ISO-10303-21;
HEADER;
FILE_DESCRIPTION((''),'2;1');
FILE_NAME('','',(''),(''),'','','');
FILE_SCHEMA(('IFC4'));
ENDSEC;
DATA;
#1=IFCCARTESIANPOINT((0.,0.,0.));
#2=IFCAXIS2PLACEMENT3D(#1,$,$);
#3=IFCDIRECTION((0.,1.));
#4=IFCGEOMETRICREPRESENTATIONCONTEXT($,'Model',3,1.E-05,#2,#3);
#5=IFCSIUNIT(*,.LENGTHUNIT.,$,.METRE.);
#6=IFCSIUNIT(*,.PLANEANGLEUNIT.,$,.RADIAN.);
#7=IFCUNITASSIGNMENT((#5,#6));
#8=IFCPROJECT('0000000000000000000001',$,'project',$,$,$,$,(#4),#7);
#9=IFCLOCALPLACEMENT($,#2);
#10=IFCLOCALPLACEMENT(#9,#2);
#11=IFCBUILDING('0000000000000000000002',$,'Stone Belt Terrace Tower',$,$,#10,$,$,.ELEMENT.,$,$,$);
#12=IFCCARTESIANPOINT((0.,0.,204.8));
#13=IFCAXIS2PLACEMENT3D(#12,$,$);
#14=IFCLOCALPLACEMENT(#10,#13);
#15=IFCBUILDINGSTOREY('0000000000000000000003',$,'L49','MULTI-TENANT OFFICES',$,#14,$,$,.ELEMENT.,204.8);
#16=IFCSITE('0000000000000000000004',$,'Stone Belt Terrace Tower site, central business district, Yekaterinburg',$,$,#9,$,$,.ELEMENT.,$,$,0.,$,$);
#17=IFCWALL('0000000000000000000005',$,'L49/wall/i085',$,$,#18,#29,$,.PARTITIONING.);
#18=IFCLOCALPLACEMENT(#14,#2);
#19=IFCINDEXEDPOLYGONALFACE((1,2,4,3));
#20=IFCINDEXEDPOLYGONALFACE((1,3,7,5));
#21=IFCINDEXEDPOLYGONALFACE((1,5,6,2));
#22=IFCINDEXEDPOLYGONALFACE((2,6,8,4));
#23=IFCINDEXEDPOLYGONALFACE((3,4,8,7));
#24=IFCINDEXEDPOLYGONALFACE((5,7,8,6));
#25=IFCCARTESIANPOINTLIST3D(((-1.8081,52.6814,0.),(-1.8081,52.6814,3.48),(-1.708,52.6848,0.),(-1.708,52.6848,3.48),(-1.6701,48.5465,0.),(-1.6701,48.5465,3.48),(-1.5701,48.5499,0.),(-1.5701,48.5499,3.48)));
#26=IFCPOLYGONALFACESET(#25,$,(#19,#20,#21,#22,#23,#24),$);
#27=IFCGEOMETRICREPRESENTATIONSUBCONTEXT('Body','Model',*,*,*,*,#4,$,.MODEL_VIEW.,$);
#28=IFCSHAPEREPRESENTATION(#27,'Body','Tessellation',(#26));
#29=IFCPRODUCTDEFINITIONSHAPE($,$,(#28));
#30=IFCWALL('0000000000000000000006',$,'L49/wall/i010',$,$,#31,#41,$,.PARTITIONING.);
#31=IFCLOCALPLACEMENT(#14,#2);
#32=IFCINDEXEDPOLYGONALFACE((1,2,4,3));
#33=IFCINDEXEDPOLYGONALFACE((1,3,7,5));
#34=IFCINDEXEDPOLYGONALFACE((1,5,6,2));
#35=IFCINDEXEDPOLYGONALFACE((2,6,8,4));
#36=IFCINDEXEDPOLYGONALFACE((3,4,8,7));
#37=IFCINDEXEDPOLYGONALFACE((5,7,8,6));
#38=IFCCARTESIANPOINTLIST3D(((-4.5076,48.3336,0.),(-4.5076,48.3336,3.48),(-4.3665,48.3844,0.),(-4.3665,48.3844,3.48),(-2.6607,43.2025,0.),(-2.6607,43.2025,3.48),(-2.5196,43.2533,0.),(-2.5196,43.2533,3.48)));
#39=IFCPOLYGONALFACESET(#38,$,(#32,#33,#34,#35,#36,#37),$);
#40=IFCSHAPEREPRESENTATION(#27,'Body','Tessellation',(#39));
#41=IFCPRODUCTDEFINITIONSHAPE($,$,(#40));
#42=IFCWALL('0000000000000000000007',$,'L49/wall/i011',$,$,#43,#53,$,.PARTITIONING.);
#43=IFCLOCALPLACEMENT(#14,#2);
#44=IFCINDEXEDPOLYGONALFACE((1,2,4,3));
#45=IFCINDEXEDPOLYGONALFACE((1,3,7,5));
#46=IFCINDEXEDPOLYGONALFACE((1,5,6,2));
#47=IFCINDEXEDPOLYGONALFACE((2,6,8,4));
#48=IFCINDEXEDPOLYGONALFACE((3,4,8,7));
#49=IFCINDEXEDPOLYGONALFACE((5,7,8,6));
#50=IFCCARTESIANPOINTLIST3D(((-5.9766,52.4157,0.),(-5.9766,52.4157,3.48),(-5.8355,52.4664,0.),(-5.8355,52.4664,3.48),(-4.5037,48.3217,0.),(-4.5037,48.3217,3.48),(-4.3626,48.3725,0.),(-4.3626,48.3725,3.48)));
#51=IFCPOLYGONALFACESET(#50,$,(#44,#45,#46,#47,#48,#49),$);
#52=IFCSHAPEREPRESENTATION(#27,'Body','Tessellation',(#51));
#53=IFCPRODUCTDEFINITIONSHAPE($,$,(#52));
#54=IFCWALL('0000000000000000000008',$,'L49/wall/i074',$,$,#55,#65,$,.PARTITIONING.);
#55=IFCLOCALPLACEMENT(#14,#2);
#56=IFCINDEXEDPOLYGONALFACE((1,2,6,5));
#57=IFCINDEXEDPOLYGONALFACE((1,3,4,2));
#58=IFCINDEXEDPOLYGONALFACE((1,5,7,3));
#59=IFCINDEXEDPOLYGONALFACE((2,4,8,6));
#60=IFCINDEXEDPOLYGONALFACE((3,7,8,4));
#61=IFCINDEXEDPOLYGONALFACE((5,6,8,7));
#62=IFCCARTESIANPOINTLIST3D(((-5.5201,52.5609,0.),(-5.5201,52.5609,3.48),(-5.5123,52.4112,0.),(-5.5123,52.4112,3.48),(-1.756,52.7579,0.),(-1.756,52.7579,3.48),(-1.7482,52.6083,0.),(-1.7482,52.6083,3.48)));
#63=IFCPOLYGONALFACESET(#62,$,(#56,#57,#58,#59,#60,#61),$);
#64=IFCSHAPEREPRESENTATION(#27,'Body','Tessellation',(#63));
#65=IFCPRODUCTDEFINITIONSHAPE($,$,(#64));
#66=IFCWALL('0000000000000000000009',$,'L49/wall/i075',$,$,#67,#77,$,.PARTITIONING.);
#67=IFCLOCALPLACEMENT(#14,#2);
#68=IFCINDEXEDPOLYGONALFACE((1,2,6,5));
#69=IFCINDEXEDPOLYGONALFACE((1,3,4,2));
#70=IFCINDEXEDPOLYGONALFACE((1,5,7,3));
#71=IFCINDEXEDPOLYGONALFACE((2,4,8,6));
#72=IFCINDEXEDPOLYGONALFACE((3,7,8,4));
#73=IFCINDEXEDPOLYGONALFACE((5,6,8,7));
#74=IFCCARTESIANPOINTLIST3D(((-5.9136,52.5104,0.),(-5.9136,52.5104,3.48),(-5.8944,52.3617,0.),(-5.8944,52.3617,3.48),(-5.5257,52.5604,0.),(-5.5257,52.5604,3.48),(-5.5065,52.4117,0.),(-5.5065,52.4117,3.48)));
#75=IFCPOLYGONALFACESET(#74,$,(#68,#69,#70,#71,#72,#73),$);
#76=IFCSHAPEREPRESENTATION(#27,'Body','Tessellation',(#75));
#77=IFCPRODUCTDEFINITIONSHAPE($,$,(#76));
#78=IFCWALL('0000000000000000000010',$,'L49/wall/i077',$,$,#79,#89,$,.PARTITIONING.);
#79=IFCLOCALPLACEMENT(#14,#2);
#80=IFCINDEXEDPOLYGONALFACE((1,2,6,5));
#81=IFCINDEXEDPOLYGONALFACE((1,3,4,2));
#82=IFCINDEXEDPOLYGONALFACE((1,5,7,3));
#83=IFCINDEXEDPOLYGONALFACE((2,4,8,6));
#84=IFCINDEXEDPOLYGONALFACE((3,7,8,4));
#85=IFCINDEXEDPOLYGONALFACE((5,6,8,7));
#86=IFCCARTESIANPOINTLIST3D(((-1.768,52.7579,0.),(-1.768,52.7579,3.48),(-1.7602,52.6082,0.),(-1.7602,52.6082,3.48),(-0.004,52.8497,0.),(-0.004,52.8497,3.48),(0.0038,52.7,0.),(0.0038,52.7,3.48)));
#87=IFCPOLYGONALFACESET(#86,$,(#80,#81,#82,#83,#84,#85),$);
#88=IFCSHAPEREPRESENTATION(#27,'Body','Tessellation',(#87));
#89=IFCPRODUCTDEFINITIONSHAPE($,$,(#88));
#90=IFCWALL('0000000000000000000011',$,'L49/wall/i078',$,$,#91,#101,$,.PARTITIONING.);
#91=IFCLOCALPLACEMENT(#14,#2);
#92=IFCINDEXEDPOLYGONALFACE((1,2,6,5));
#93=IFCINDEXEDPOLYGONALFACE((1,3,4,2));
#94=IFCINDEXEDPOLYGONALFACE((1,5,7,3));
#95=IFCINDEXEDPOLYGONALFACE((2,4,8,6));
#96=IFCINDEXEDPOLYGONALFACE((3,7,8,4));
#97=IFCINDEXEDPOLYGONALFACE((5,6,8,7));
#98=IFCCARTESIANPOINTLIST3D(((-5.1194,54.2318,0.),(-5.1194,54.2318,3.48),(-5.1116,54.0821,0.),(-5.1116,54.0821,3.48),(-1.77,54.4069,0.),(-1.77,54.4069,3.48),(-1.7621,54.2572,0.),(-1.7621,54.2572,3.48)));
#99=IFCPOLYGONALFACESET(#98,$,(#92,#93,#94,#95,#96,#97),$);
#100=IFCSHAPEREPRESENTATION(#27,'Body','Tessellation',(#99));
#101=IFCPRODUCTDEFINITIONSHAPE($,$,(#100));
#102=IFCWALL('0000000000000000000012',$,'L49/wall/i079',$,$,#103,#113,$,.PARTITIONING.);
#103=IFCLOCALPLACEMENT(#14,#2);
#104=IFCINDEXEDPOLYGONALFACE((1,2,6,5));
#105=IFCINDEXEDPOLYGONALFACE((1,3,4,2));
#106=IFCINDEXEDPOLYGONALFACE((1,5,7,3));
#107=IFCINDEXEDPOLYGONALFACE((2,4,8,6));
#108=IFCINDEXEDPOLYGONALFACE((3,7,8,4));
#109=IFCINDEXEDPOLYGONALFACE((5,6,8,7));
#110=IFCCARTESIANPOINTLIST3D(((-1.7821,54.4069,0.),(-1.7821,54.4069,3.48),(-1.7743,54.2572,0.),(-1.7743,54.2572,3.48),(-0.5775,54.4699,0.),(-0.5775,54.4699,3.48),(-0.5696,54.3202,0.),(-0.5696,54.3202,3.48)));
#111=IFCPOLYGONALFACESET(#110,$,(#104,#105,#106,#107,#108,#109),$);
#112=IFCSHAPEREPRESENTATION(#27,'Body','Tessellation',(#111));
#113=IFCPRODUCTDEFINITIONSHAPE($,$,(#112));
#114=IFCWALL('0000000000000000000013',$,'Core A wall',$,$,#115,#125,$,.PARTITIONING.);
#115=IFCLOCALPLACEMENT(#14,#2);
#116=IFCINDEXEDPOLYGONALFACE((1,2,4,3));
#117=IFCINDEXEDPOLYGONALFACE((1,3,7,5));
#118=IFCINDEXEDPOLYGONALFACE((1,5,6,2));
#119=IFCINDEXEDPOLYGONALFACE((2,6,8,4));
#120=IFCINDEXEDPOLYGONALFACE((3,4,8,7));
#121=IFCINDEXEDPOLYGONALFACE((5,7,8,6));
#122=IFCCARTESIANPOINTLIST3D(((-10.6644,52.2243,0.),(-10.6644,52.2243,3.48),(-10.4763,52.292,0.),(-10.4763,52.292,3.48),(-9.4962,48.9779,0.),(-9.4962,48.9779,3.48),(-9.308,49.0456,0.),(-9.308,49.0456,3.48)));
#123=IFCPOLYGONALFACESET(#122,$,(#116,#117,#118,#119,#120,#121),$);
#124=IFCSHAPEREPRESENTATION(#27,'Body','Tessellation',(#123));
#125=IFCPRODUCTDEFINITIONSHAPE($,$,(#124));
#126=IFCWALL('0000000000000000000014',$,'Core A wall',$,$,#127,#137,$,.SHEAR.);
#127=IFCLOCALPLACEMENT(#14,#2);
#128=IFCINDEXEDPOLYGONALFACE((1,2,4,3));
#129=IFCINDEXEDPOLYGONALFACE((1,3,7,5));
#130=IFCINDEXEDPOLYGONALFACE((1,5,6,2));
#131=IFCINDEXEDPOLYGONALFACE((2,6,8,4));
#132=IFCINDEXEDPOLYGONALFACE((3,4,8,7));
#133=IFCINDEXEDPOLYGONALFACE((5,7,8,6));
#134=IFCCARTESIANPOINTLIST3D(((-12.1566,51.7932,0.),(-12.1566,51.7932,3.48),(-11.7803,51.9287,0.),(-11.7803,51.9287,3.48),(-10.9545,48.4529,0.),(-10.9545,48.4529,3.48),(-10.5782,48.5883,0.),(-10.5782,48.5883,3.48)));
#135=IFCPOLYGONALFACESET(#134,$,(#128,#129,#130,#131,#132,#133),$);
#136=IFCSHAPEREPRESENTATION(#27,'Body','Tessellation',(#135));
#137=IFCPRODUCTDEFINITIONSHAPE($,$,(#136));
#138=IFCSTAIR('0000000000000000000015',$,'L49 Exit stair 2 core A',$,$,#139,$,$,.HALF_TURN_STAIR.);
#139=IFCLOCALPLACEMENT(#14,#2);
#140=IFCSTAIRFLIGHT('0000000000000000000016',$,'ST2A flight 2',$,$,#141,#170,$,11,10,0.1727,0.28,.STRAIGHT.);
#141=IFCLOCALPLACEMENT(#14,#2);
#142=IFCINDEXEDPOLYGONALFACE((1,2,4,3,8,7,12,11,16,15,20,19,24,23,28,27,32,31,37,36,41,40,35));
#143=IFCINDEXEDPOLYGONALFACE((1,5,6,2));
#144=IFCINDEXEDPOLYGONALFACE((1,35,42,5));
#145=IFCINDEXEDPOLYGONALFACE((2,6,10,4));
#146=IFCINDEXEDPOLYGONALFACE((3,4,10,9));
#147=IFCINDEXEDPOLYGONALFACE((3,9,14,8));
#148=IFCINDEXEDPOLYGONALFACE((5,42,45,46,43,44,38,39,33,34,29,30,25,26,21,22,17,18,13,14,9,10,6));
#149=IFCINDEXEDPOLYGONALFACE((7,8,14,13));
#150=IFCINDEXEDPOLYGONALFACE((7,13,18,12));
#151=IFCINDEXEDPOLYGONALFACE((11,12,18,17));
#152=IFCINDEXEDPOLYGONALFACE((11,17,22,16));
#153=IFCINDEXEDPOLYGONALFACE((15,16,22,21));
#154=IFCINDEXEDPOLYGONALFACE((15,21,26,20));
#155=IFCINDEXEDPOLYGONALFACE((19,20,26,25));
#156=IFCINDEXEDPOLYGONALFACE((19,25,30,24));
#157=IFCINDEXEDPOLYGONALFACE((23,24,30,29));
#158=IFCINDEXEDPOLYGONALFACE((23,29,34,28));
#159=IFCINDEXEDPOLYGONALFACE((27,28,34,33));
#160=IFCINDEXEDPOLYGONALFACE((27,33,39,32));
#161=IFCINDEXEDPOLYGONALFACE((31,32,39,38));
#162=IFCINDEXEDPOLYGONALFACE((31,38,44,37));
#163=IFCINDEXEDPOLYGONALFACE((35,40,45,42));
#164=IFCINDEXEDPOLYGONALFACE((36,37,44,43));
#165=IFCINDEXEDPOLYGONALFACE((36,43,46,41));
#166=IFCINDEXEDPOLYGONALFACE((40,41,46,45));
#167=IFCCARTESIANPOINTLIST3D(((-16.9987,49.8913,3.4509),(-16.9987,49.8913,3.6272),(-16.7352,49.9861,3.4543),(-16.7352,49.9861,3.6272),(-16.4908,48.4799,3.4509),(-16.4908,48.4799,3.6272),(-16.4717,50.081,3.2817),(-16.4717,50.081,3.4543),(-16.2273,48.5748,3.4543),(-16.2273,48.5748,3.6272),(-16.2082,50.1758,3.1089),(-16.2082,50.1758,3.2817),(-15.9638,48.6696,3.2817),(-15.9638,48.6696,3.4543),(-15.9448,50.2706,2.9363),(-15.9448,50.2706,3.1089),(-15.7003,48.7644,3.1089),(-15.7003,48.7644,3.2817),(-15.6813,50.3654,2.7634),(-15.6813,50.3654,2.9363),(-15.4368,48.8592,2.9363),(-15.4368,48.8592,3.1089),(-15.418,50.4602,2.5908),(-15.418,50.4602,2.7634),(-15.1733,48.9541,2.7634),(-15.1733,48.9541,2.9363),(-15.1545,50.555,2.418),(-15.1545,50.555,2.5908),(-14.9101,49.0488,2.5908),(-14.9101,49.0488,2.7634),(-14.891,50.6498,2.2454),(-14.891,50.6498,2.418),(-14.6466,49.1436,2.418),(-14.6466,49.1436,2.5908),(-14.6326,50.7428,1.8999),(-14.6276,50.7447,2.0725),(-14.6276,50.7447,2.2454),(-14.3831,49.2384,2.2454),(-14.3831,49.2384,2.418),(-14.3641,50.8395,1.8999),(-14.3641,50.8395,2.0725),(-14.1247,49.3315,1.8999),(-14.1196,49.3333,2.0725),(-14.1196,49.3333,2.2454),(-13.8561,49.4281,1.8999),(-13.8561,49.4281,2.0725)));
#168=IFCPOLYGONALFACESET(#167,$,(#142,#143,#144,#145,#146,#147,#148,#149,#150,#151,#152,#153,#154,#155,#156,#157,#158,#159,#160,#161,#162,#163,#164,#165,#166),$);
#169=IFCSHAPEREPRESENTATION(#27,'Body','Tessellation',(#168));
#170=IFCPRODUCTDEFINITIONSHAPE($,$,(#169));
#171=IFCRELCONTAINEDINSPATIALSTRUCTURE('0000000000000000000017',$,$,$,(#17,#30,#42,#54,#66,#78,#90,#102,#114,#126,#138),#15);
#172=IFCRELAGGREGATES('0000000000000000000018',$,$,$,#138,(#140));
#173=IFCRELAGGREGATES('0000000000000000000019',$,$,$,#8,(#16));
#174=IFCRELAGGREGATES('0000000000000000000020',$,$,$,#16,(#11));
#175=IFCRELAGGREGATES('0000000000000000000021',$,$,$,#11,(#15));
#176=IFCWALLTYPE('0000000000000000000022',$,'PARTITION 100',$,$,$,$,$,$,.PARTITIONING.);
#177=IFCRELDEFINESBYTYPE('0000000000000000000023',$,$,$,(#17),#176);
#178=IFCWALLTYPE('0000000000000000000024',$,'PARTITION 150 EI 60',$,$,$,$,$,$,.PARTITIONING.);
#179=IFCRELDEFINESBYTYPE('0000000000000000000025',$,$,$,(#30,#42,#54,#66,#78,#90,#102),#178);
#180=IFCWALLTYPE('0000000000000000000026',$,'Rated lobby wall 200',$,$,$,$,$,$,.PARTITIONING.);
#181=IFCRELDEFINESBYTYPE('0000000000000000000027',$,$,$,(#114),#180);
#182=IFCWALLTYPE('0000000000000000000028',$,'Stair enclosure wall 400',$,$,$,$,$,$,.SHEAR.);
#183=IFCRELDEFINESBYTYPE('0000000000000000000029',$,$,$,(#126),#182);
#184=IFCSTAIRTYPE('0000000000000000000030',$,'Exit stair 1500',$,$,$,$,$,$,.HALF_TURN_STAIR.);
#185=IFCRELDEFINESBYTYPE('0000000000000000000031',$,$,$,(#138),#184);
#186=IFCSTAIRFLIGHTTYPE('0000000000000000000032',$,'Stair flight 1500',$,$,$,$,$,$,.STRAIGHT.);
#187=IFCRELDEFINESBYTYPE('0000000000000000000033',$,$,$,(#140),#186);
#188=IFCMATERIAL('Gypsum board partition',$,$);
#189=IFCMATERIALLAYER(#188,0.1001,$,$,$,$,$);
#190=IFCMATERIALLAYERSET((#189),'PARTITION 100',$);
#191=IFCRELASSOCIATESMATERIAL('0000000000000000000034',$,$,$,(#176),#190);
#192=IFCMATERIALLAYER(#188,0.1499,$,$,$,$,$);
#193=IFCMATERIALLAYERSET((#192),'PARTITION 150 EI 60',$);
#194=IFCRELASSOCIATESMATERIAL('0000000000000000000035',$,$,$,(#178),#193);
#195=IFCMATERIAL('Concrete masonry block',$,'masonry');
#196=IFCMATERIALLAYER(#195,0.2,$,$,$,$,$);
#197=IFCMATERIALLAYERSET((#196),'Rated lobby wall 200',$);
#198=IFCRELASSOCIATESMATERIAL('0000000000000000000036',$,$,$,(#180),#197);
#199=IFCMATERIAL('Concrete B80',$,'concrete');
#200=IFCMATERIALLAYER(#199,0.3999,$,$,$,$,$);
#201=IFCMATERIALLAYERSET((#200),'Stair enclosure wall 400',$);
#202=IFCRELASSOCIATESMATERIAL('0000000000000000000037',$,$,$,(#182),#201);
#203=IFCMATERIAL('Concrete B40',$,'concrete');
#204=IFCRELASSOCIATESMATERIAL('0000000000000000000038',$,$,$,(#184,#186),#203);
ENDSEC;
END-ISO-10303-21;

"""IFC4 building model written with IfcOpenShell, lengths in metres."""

from ifc_helpers import new_model, si_unit, direction, frame, frame_2d, origin, place, context, subcontext, project, spatial, polyline, rectangle, outline, extrude, material, layer, layer_set, type_object, element, aggregate, save


model = new_model("IFC4")

# Units and contexts
model_context = context("Model", 3, precision=1e-05, world=origin(), true_north=direction((0.0, 1.0)))
body_context = subcontext(model_context, "Body", "Model", "MODEL_VIEW")
ifc_project = project(units=[si_unit("LENGTHUNIT", "METRE"), si_unit("PLANEANGLEUNIT", "RADIAN")], contexts=[model_context])

# Site, building, storey
site_placement = place(None, origin())
site = spatial("IfcSite", under=ifc_project, at=site_placement, Name="Stone Belt Terrace Tower site, central business district, Yekaterinburg", CompositionType="ELEMENT", RefElevation=0.0)
building_placement = place(site_placement, origin())
building = spatial("IfcBuilding", under=site, at=building_placement, Name="Stone Belt Terrace Tower", CompositionType="ELEMENT")
storey_placement = place(building_placement, frame((0.0, 0.0, 204.8)))
storey = spatial("IfcBuildingStorey", under=building, at=storey_placement, Name="L49", Description="MULTI-TENANT OFFICES", CompositionType="ELEMENT", Elevation=204.8)

# Shared definitions
ifc_material_1 = material(Name="Concrete B80", Category="concrete")

# Shared definitions
ifc_material_2 = material(Name="Gypsum board partition")
ifc_layer_1 = layer(ifc_material_2, 0.1001)
ifc_layer_set_1 = layer_set([ifc_layer_1], Name="PARTITION 100")
wall_type_1 = type_object("IfcWallType", Name="PARTITION 100", PredefinedType="PARTITIONING", material=ifc_layer_set_1)

# Walls
wall_1_placement = place(storey_placement, frame((-1.7581, 52.6831, 0.0), z_axis=(0.0, 0.0, 1.0), x_axis=(0.03334, -0.999444, 0.0)))
element("IfcWall", 1, at=wall_1_placement, inside=storey, type_object=wall_type_1, Name="L49/wall/i085", PredefinedType="PARTITIONING", context=body_context, shape_type="SweptSolid", body=[
    extrude(rectangle(XDim=4.1372, YDim=0.1001, at=frame_2d((2.0686, 0.0))), origin(), (0.0, 0.0, 1.0), 3.48),
])
ifc_layer_2 = layer(ifc_material_2, 0.1499)
ifc_layer_set_2 = layer_set([ifc_layer_2], Name="PARTITION 150 EI 60")
wall_type_2 = type_object("IfcWallType", Name="PARTITION 150 EI 60", PredefinedType="PARTITIONING", material=ifc_layer_set_2)
wall_2_placement = place(storey_placement, frame((-4.437, 48.3589, 0.0), z_axis=(0.0, 0.0, 1.0), x_axis=(0.338675, -0.940903, 0.0)))
element("IfcWall", 2, at=wall_2_placement, inside=storey, type_object=wall_type_2, Name="L49/wall/i010", PredefinedType="PARTITIONING", context=body_context, shape_type="SweptSolid", body=[
    extrude(rectangle(XDim=5.4534, YDim=0.1499, at=frame_2d((2.7266, 0.0))), origin(), (0.0, 0.0, 1.0), 3.48),
])
wall_3_placement = place(storey_placement, frame((-5.906, 52.4409, 0.0), z_axis=(0.0, 0.0, 1.0), x_axis=(0.338529, -0.940956, 0.0)))
element("IfcWall", 3, at=wall_3_placement, inside=storey, type_object=wall_type_2, Name="L49/wall/i011", PredefinedType="PARTITIONING", context=body_context, shape_type="SweptSolid", body=[
    extrude(rectangle(XDim=4.3508, YDim=0.1499, at=frame_2d((2.1753, 0.0))), origin(), (0.0, 0.0, 1.0), 3.48),
])
wall_4_placement = place(storey_placement, frame((-1.752, 52.6831, 0.0), z_axis=(0.0, 0.0, 1.0), x_axis=(-0.998633, -0.05227, 0.0)))
element("IfcWall", 4, at=wall_4_placement, inside=storey, type_object=wall_type_2, Name="L49/wall/i074", PredefinedType="PARTITIONING", context=body_context, shape_type="SweptSolid", body=[
    extrude(rectangle(XDim=3.7693, YDim=0.1499, at=frame_2d((1.8848, 0.0))), origin(), (0.0, 0.0, 1.0), 3.48),
])
wall_5_placement = place(storey_placement, frame((-5.5161, 52.4861, 0.0), z_axis=(0.0, 0.0, 1.0), x_axis=(-0.99178, -0.127952, 0.0)))
element("IfcWall", 5, at=wall_5_placement, inside=storey, type_object=wall_type_2, Name="L49/wall/i075", PredefinedType="PARTITIONING", context=body_context, shape_type="SweptSolid", body=[
    extrude(rectangle(XDim=0.3911, YDim=0.1499, at=frame_2d((0.1956, 0.0))), origin(), (0.0, 0.0, 1.0), 3.48),
])
wall_6_placement = place(storey_placement, frame((0.0, 52.7749, 0.0), z_axis=(0.0, 0.0, 1.0), x_axis=(-0.998649, -0.051971, 0.0)))
element("IfcWall", 6, at=wall_6_placement, inside=storey, type_object=wall_type_2, Name="L49/wall/i077", PredefinedType="PARTITIONING", context=body_context, shape_type="SweptSolid", body=[
    extrude(rectangle(XDim=1.7664, YDim=0.1499, at=frame_2d((0.8833, 0.0))), origin(), (0.0, 0.0, 1.0), 3.48),
])
wall_7_placement = place(storey_placement, frame((-5.1155, 54.157, 0.0), z_axis=(0.0, 0.0, 1.0), x_axis=(0.998637, 0.052192, 0.0)))
element("IfcWall", 7, at=wall_7_placement, inside=storey, type_object=wall_type_2, Name="L49/wall/i078", PredefinedType="PARTITIONING", context=body_context, shape_type="SweptSolid", body=[
    extrude(rectangle(XDim=3.354, YDim=0.1499, at=frame_2d((1.677, 0.0))), origin(), (0.0, 0.0, 1.0), 3.48),
])
wall_8_placement = place(storey_placement, frame((-1.7781, 54.332, 0.0), z_axis=(0.0, 0.0, 1.0), x_axis=(0.998636, 0.052219, 0.0)))
element("IfcWall", 8, at=wall_8_placement, inside=storey, type_object=wall_type_2, Name="L49/wall/i079", PredefinedType="PARTITIONING", context=body_context, shape_type="SweptSolid", body=[
    extrude(rectangle(XDim=1.2063, YDim=0.1499, at=frame_2d((0.603, 0.0))), origin(), (0.0, 0.0, 1.0), 3.48),
])
ifc_material_3 = material(Name="Concrete masonry block", Category="masonry")
ifc_layer_3 = layer(ifc_material_3, 0.2)
ifc_layer_set_3 = layer_set([ifc_layer_3], Name="Rated lobby wall 200")
wall_type_3 = type_object("IfcWallType", Name="Rated lobby wall 200", PredefinedType="PARTITIONING", material=ifc_layer_set_3)
wall_9_placement = place(storey_placement, frame((-9.4021, 49.0117, 0.0), z_axis=(0.0, 0.0, 1.0), x_axis=(-0.338599, 0.940931, 0.0)))
element("IfcWall", 9, at=wall_9_placement, inside=storey, type_object=wall_type_3, Name="Core A wall", PredefinedType="PARTITIONING", context=body_context, shape_type="SweptSolid", body=[
    extrude(rectangle(XDim=3.4502, YDim=0.2, at=frame_2d((1.7251, 0.0))), origin(), (0.0, 0.0, 1.0), 3.48),
])
ifc_layer_4 = layer(ifc_material_1, 0.3999)
ifc_layer_set_4 = layer_set([ifc_layer_4], Name="Stair enclosure wall 400")
wall_type_4 = type_object("IfcWallType", Name="Stair enclosure wall 400", PredefinedType="SHEAR", material=ifc_layer_set_4)
wall_10_placement = place(storey_placement, frame((-10.7664, 48.5208, 0.0), z_axis=(0.0, 0.0, 1.0), x_axis=(-0.338627, 0.940921, 0.0)))
element("IfcWall", 10, at=wall_10_placement, inside=storey, type_object=wall_type_4, Name="Core A wall", PredefinedType="SHEAR", context=body_context, shape_type="SweptSolid", body=[
    extrude(rectangle(XDim=3.55, YDim=0.3999, at=frame_2d((1.7749, 0.0))), origin(), (0.0, 0.0, 1.0), 3.48),
])

# Stair, stair flight
ifc_material_4 = material(Name="Concrete B40", Category="concrete")
stair_type = type_object("IfcStairType", Name="Exit stair 1500", PredefinedType="HALF_TURN_STAIR", material=ifc_material_4)
stair_placement = place(storey_placement, origin())
stair = element("IfcStair", 11, at=stair_placement, inside=storey, type_object=stair_type, Name="L49 Exit stair 2 core A", PredefinedType="HALF_TURN_STAIR")
stair_flight_type = type_object("IfcStairFlightType", Name="Stair flight 1500", PredefinedType="STRAIGHT", material=ifc_material_4)
stair_flight_placement = place(storey_placement, frame((-14.1101, 50.1338, 1.8999), z_axis=(0.0, 0.0, 1.0), x_axis=(-0.940922, -0.338624, 0.0)))
stair_flight = element("IfcStairFlight", 12, at=stair_flight_placement, type_object=stair_flight_type, Name="ST2A flight 2", NumberOfRisers=11, NumberOfTreads=10, PredefinedType="STRAIGHT", RiserHeight=0.1727, TreadLength=0.28, context=body_context, shape_type="SweptSolid", body=[
    extrude(outline(polyline([(0.0, 0.0), (0.0, 0.1726), (0.28, 0.1726), (0.28, 0.3455), (0.5601, 0.3455), (0.5601, 0.5181), (0.8401, 0.5181), (0.8401, 0.6909), (1.1201, 0.6909), (1.1201, 0.8635), (1.3999, 0.8635), (1.3999, 1.0364), (1.6799, 1.0364), (1.6799, 1.209), (1.96, 1.209), (1.96, 1.3818), (2.24, 1.3818), (2.24, 1.5544), (2.52, 1.5544), (2.52, 1.7273), (2.8, 1.7273), (2.8, 1.8999), (2.8, 1.551), (0.2854, 0.0), (0.0, 0.0)])), frame((0.0, 0.75, 0.0), z_axis=(0.0, -1.0, 0.0), x_axis=(1.0, 0.0, 0.0)), (0.0, 0.0, 1.0), 1.5),
])
aggregate(stair, [stair_flight])

save(model, "model.ifc")
